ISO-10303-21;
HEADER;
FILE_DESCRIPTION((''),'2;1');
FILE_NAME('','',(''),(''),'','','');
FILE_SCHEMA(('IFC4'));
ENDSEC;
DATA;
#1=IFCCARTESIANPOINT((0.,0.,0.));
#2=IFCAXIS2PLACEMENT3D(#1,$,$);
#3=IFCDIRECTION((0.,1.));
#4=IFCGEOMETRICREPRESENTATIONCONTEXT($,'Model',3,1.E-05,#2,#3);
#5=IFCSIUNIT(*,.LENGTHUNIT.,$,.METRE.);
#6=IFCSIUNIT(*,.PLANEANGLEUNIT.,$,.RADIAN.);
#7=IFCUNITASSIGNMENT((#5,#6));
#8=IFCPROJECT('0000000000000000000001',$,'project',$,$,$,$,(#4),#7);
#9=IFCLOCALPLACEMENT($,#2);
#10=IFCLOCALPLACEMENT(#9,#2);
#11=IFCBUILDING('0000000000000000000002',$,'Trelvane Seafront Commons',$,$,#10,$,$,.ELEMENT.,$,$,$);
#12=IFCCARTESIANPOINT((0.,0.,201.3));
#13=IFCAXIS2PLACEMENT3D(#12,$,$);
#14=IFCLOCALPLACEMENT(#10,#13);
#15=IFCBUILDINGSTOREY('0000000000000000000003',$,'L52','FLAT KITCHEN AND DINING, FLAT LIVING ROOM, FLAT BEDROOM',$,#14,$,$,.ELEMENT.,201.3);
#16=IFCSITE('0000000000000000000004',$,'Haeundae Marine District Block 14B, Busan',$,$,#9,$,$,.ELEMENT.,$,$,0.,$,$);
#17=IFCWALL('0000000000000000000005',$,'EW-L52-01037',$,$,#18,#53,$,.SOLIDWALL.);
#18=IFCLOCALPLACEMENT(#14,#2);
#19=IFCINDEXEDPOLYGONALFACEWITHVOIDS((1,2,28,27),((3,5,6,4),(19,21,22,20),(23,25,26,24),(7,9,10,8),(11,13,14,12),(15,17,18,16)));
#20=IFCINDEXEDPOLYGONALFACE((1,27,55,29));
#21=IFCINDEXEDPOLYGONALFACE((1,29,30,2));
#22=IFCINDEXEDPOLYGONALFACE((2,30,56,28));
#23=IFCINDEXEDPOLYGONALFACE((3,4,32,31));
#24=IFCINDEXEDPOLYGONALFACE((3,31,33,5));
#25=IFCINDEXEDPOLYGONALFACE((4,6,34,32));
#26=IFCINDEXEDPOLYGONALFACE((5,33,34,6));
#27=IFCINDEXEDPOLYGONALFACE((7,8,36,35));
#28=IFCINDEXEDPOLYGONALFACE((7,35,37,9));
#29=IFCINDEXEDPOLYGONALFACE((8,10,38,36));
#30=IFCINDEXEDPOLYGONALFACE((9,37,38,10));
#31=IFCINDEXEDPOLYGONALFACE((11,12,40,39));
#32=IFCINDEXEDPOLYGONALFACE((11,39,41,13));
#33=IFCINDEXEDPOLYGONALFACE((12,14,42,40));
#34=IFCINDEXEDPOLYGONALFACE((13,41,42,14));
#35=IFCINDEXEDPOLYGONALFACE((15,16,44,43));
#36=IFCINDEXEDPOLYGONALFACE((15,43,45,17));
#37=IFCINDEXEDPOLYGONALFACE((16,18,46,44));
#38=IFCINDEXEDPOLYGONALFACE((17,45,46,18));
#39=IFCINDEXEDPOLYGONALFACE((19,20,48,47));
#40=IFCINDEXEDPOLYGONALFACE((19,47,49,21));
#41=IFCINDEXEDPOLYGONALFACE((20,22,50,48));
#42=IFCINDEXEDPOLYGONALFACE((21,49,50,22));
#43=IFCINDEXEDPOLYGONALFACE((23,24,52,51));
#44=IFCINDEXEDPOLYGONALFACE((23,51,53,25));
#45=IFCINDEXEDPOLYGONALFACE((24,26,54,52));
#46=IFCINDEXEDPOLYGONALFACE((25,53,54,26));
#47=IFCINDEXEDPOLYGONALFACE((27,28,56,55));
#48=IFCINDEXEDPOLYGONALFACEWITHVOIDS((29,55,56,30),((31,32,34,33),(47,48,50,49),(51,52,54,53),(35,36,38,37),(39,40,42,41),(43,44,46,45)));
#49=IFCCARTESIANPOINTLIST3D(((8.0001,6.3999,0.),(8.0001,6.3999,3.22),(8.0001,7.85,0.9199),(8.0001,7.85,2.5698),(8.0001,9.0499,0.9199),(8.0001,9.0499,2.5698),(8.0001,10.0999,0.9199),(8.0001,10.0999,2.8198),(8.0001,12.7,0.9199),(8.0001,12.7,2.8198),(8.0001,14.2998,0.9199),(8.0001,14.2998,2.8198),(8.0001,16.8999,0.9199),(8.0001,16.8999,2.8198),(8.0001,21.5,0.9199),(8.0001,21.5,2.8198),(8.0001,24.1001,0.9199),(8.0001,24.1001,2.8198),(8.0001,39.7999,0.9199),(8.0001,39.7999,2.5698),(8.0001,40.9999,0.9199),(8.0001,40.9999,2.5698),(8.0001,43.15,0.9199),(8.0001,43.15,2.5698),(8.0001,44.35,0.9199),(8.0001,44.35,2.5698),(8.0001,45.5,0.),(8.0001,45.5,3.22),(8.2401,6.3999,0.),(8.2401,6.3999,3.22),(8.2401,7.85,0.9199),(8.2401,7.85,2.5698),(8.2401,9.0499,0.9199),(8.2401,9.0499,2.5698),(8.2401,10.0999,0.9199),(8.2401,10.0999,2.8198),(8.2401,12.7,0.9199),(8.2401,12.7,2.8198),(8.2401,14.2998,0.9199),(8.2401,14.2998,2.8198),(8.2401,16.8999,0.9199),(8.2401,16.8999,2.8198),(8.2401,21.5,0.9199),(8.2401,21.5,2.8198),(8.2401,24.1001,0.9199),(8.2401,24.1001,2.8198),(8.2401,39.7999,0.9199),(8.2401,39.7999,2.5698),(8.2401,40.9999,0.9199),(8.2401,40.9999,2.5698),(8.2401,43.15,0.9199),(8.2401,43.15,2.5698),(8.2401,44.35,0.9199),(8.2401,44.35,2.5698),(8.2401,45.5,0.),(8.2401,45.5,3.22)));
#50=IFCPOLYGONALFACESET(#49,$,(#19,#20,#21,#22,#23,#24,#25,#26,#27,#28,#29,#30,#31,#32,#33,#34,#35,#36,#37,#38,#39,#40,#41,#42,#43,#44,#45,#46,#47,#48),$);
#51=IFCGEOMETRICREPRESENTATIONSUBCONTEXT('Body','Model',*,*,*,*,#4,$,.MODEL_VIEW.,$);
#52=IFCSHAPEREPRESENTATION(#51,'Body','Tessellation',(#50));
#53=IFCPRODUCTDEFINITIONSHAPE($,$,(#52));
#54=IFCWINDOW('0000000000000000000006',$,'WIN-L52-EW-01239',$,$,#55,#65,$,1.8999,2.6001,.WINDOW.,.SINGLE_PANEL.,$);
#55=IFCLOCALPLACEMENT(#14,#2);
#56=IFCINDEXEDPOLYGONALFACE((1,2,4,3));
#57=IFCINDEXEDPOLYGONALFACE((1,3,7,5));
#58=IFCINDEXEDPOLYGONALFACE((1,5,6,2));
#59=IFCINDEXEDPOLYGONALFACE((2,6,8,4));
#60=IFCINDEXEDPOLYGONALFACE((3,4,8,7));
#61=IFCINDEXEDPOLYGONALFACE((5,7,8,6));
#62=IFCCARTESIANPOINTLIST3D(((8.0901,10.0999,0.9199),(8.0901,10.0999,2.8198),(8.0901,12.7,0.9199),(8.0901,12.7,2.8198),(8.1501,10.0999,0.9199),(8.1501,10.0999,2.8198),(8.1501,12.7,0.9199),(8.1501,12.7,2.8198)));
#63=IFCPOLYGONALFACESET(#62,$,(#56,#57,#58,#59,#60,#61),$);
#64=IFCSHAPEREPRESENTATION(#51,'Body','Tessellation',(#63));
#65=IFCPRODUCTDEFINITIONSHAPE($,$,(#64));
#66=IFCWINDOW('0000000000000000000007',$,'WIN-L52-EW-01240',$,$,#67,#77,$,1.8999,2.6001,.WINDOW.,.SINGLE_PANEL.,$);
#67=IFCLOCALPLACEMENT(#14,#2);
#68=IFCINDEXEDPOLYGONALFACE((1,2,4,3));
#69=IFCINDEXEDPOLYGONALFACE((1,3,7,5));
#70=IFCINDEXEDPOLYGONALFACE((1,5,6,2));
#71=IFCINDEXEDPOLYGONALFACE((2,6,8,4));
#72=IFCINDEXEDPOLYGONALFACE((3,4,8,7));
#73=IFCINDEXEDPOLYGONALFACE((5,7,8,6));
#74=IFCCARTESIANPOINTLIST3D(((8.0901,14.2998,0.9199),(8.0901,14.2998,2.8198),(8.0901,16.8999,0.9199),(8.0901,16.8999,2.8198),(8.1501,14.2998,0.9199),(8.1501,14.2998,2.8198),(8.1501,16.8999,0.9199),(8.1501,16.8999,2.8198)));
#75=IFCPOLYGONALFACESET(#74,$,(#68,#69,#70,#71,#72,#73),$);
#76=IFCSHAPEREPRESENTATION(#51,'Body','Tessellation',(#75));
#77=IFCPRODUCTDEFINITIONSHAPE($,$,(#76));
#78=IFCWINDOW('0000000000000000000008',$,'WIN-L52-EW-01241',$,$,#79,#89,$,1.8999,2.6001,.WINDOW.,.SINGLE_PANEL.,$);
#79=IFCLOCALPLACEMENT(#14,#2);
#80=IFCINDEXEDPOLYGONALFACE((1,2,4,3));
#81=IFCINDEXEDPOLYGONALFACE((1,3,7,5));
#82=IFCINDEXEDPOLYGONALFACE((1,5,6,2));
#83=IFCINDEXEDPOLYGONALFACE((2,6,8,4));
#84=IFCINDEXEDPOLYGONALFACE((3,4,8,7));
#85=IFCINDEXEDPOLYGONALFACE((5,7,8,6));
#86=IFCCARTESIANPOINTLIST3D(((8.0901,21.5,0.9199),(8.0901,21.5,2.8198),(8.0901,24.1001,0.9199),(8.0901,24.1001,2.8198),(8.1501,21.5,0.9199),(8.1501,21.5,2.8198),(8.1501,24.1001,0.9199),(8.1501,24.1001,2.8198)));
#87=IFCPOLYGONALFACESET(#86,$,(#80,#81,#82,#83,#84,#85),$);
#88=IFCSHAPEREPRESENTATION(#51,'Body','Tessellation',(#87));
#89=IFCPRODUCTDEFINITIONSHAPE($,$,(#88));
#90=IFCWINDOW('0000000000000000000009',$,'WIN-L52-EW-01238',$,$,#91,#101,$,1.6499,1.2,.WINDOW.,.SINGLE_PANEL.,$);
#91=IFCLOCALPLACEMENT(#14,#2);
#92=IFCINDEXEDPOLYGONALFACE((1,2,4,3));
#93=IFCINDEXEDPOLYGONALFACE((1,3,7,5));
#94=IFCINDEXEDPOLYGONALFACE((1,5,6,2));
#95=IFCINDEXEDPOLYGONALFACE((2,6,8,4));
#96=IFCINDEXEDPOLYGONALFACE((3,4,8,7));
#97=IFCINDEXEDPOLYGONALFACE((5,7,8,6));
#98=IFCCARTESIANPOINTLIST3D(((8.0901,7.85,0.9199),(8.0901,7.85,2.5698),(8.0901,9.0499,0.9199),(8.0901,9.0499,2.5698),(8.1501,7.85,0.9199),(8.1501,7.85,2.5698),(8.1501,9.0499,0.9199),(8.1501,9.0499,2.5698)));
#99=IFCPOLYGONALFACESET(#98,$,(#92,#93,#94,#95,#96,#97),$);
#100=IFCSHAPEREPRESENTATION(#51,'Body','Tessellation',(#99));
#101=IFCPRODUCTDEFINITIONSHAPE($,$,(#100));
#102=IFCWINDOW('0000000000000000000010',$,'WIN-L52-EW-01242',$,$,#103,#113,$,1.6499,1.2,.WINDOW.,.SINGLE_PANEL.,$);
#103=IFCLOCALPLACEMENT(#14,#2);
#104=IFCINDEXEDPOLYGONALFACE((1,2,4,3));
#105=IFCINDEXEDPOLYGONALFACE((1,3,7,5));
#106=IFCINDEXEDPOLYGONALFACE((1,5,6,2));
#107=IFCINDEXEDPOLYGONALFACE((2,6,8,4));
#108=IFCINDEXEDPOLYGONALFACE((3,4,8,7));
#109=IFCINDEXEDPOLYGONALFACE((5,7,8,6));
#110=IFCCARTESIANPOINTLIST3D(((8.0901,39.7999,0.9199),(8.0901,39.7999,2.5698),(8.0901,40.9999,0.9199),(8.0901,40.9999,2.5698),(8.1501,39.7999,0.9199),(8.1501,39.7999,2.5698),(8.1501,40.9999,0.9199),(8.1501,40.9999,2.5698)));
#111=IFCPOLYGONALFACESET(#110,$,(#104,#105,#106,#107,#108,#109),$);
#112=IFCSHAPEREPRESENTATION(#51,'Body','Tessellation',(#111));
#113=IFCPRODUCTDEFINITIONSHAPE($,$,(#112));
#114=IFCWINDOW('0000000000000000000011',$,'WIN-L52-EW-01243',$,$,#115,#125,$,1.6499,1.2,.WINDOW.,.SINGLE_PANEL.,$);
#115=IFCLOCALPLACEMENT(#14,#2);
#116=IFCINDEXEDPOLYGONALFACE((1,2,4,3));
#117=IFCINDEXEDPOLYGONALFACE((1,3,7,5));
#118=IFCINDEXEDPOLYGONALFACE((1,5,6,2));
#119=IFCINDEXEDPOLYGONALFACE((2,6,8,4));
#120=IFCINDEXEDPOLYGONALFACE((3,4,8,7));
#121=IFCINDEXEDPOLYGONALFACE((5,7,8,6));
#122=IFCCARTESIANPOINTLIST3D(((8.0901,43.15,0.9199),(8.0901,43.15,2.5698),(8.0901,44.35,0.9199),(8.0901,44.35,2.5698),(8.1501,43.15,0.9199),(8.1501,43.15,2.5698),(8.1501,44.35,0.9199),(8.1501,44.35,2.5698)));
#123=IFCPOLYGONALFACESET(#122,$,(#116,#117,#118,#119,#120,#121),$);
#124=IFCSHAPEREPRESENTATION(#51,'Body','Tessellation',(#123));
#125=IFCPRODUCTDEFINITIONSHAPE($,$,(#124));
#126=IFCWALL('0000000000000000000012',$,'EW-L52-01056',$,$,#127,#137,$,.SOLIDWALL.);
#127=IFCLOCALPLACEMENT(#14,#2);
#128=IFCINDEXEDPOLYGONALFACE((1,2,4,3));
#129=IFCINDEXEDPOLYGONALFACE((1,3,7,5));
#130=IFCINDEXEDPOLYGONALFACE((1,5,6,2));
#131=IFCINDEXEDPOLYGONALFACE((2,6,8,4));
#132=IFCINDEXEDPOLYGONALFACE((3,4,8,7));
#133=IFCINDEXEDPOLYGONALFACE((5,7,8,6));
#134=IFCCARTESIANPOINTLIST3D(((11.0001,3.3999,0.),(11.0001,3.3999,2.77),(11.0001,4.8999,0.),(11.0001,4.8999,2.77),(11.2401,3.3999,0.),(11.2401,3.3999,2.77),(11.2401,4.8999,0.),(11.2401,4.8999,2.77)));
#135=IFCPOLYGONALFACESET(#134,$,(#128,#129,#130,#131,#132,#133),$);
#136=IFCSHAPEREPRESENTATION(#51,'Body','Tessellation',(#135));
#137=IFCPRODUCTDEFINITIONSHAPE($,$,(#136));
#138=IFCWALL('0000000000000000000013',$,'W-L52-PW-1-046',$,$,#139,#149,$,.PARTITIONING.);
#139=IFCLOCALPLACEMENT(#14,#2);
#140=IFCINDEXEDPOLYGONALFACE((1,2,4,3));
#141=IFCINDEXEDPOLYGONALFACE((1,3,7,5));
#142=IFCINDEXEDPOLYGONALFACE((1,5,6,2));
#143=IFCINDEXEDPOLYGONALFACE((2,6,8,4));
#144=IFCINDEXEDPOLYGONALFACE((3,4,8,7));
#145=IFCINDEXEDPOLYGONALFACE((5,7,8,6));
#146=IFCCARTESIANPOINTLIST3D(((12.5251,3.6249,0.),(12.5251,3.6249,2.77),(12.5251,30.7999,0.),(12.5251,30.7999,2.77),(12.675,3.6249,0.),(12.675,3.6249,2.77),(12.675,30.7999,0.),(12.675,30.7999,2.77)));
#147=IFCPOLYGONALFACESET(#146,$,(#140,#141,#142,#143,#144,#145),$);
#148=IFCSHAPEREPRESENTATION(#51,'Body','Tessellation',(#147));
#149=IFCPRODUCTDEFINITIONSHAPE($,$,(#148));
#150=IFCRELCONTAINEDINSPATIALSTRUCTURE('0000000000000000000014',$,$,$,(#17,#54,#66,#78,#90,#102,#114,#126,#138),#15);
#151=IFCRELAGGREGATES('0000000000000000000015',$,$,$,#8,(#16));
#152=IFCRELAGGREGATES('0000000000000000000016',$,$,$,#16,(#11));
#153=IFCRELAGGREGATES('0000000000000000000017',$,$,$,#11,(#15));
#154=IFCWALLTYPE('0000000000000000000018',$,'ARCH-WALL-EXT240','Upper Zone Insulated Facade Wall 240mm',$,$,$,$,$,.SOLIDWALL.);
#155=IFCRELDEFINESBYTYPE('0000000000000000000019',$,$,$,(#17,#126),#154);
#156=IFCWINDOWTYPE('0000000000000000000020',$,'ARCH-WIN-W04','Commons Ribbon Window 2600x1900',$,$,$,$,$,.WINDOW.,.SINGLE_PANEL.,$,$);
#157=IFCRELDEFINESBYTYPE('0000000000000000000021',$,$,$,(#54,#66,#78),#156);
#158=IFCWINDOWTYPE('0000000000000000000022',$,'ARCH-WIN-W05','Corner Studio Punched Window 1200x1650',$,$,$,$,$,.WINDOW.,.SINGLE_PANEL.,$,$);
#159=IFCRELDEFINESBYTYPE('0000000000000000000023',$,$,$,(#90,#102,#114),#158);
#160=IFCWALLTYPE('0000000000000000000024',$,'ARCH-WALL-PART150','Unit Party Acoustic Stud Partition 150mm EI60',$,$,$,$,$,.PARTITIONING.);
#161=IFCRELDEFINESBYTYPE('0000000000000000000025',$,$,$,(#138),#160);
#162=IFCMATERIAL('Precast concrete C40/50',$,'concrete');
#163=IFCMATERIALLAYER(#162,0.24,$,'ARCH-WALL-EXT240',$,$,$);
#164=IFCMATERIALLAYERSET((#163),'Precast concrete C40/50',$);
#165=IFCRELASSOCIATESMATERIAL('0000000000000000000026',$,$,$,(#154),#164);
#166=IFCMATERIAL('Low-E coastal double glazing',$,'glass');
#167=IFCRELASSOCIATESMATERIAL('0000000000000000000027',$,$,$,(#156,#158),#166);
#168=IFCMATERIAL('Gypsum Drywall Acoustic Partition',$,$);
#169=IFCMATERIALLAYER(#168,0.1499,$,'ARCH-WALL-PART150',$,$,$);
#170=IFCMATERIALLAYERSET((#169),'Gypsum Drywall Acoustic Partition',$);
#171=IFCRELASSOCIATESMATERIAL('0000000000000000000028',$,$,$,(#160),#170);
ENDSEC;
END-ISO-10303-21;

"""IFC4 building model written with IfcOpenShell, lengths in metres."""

from ifc_helpers import new_model, si_unit, direction, frame, frame_2d, origin, place, context, subcontext, project, spatial, rectangle, extrude, source, transform, mapped, material, layer, layer_set, type_object, element, fill, save


model = new_model("IFC4")

# Units and contexts
model_context = context("Model", 3, precision=1e-05, world=origin(), true_north=direction((0.0, 1.0)))
body_context = subcontext(model_context, "Body", "Model", "MODEL_VIEW")
ifc_project = project(units=[si_unit("LENGTHUNIT", "METRE"), si_unit("PLANEANGLEUNIT", "RADIAN")], contexts=[model_context])

# Site, building, storey
site_placement = place(None, origin())
site = spatial("IfcSite", under=ifc_project, at=site_placement, Name="Haeundae Marine District Block 14B, Busan", CompositionType="ELEMENT", RefElevation=0.0)
building_placement = place(site_placement, origin())
building = spatial("IfcBuilding", under=site, at=building_placement, Name="Trelvane Seafront Commons", CompositionType="ELEMENT")
storey_placement = place(building_placement, frame((0.0, 0.0, 201.3)))
storey = spatial("IfcBuildingStorey", under=building, at=storey_placement, Name="L52", Description="FLAT KITCHEN AND DINING, FLAT LIVING ROOM, FLAT BEDROOM", CompositionType="ELEMENT", Elevation=201.3)

# Shared definitions
ifc_material_1 = material(Name="Precast concrete C40/50", Category="concrete")
ifc_layer_1 = layer(ifc_material_1, 0.24, Name="ARCH-WALL-EXT240")
ifc_layer_set_1 = layer_set([ifc_layer_1], Name="Precast concrete C40/50")
wall_type_1 = type_object("IfcWallType", Name="ARCH-WALL-EXT240", Description="Upper Zone Insulated Facade Wall 240mm", PredefinedType="SOLIDWALL", material=ifc_layer_set_1)

# Wall, openings, windows
wall_1_placement = place(storey_placement, frame((8.1201, 6.3999, 0.0), z_axis=(0.0, 0.0, 1.0), x_axis=(0.0, 1.0, 0.0)))
wall_1 = element("IfcWall", 1, at=wall_1_placement, inside=storey, type_object=wall_type_1, Name="EW-L52-01037", PredefinedType="SOLIDWALL", context=body_context, shape_type="SweptSolid", body=[
    extrude(rectangle(XDim=39.1001, YDim=0.24, at=frame_2d((19.55, 0.0))), origin(), (0.0, 0.0, 1.0), 3.22),
])
opening_1_placement = place(wall_1_placement, frame((1.45, 0.0, 0.9199)))
opening_1 = element("IfcOpeningElement", 2, at=opening_1_placement, cuts=wall_1, PredefinedType="OPENING", context=body_context, shape_type="SweptSolid", body=[
    extrude(rectangle(XDim=1.2, YDim=1.6499, at=frame_2d((0.6001, 0.825))), frame((0.0, 0.1299, 0.0), z_axis=(0.0, -1.0, 0.0), x_axis=(1.0, 0.0, 0.0)), (0.0, 0.0, 1.0), 0.26),
])
opening_2_placement = place(wall_1_placement, frame((3.7, 0.0, 0.9199)))
opening_2 = element("IfcOpeningElement", 3, at=opening_2_placement, cuts=wall_1, PredefinedType="OPENING", context=body_context, shape_type="SweptSolid", body=[
    extrude(rectangle(XDim=2.6001, YDim=1.8999, at=frame_2d((1.3, 0.95))), frame((0.0, 0.1299, 0.0), z_axis=(0.0, -1.0, 0.0), x_axis=(1.0, 0.0, 0.0)), (0.0, 0.0, 1.0), 0.26),
])
opening_3_placement = place(wall_1_placement, frame((7.8999, 0.0, 0.9199)))
opening_3 = element("IfcOpeningElement", 4, at=opening_3_placement, cuts=wall_1, PredefinedType="OPENING", context=body_context, shape_type="SweptSolid", body=[
    extrude(rectangle(XDim=2.6001, YDim=1.8999, at=frame_2d((1.3, 0.95))), frame((0.0, 0.1299, 0.0), z_axis=(0.0, -1.0, 0.0), x_axis=(1.0, 0.0, 0.0)), (0.0, 0.0, 1.0), 0.26),
])
opening_4_placement = place(wall_1_placement, frame((15.1001, 0.0, 0.9199)))
opening_4 = element("IfcOpeningElement", 5, at=opening_4_placement, cuts=wall_1, PredefinedType="OPENING", context=body_context, shape_type="SweptSolid", body=[
    extrude(rectangle(XDim=2.6001, YDim=1.8999, at=frame_2d((1.3, 0.95))), frame((0.0, 0.1299, 0.0), z_axis=(0.0, -1.0, 0.0), x_axis=(1.0, 0.0, 0.0)), (0.0, 0.0, 1.0), 0.26),
])
opening_5_placement = place(wall_1_placement, frame((33.3999, 0.0, 0.9199)))
opening_5 = element("IfcOpeningElement", 6, at=opening_5_placement, cuts=wall_1, PredefinedType="OPENING", context=body_context, shape_type="SweptSolid", body=[
    extrude(rectangle(XDim=1.2, YDim=1.6499, at=frame_2d((0.6001, 0.825))), frame((0.0, 0.1299, 0.0), z_axis=(0.0, -1.0, 0.0), x_axis=(1.0, 0.0, 0.0)), (0.0, 0.0, 1.0), 0.26),
])
opening_6_placement = place(wall_1_placement, frame((36.75, 0.0, 0.9199)))
opening_6 = element("IfcOpeningElement", 7, at=opening_6_placement, cuts=wall_1, PredefinedType="OPENING", context=body_context, shape_type="SweptSolid", body=[
    extrude(rectangle(XDim=1.2, YDim=1.6499, at=frame_2d((0.6001, 0.825))), frame((0.0, 0.1299, 0.0), z_axis=(0.0, -1.0, 0.0), x_axis=(1.0, 0.0, 0.0)), (0.0, 0.0, 1.0), 0.26),
])
ifc_material_2 = material(Name="Low-E coastal double glazing", Category="glass")
window_type_1 = type_object("IfcWindowType", Name="ARCH-WIN-W04", Description="Commons Ribbon Window 2600x1900", PartitioningType="SINGLE_PANEL", PredefinedType="WINDOW", material=ifc_material_2)
shared_shape_1 = source(origin(), body_context, "Body", "SweptSolid", [
    extrude(rectangle(XDim=2.6001, YDim=1.8999, at=frame_2d((1.3, 0.95))), frame((0.0, 0.03, 0.0), z_axis=(0.0, -1.0, 0.0), x_axis=(1.0, 0.0, 0.0)), (0.0, 0.0, 1.0), 0.0601),
])
window_1_placement = place(opening_2_placement, origin())
window_1 = element("IfcWindow", 8, at=window_1_placement, inside=storey, type_object=window_type_1, Name="WIN-L52-EW-01239", OverallHeight=1.8999, OverallWidth=2.6001, PartitioningType="SINGLE_PANEL", PredefinedType="WINDOW", context=body_context, shape_type="MappedRepresentation", body=[
    mapped(shared_shape_1, transform((0.0, 0.0, 0.0), x_axis=(1.0, 0.0, 0.0), y_axis=(0.0, 1.0, 0.0), z_axis=(0.0, 0.0, 1.0), scale=1.0)),
])
fill(opening_2, window_1)
window_2_placement = place(opening_3_placement, origin())
window_2 = element("IfcWindow", 9, at=window_2_placement, inside=storey, type_object=window_type_1, Name="WIN-L52-EW-01240", OverallHeight=1.8999, OverallWidth=2.6001, PartitioningType="SINGLE_PANEL", PredefinedType="WINDOW", context=body_context, shape_type="MappedRepresentation", body=[
    mapped(shared_shape_1, transform((0.0, 0.0, 0.0), x_axis=(1.0, 0.0, 0.0), y_axis=(0.0, 1.0, 0.0), z_axis=(0.0, 0.0, 1.0), scale=1.0)),
])
fill(opening_3, window_2)
window_3_placement = place(opening_4_placement, origin())
window_3 = element("IfcWindow", 10, at=window_3_placement, inside=storey, type_object=window_type_1, Name="WIN-L52-EW-01241", OverallHeight=1.8999, OverallWidth=2.6001, PartitioningType="SINGLE_PANEL", PredefinedType="WINDOW", context=body_context, shape_type="MappedRepresentation", body=[
    mapped(shared_shape_1, transform((0.0, 0.0, 0.0), x_axis=(1.0, 0.0, 0.0), y_axis=(0.0, 1.0, 0.0), z_axis=(0.0, 0.0, 1.0), scale=1.0)),
])
fill(opening_4, window_3)
window_type_2 = type_object("IfcWindowType", Name="ARCH-WIN-W05", Description="Corner Studio Punched Window 1200x1650", PartitioningType="SINGLE_PANEL", PredefinedType="WINDOW", material=ifc_material_2)
shared_shape_2 = source(origin(), body_context, "Body", "SweptSolid", [
    extrude(rectangle(XDim=1.2, YDim=1.6499, at=frame_2d((0.6001, 0.825))), frame((0.0, 0.03, 0.0), z_axis=(0.0, -1.0, 0.0), x_axis=(1.0, 0.0, 0.0)), (0.0, 0.0, 1.0), 0.0601),
])
window_4_placement = place(opening_1_placement, origin())
window_4 = element("IfcWindow", 11, at=window_4_placement, inside=storey, type_object=window_type_2, Name="WIN-L52-EW-01238", OverallHeight=1.6499, OverallWidth=1.2, PartitioningType="SINGLE_PANEL", PredefinedType="WINDOW", context=body_context, shape_type="MappedRepresentation", body=[
    mapped(shared_shape_2, transform((0.0, 0.0, 0.0), x_axis=(1.0, 0.0, 0.0), y_axis=(0.0, 1.0, 0.0), z_axis=(0.0, 0.0, 1.0), scale=1.0)),
])
fill(opening_1, window_4)
window_5_placement = place(opening_5_placement, origin())
window_5 = element("IfcWindow", 12, at=window_5_placement, inside=storey, type_object=window_type_2, Name="WIN-L52-EW-01242", OverallHeight=1.6499, OverallWidth=1.2, PartitioningType="SINGLE_PANEL", PredefinedType="WINDOW", context=body_context, shape_type="MappedRepresentation", body=[
    mapped(shared_shape_2, transform((0.0, 0.0, 0.0), x_axis=(1.0, 0.0, 0.0), y_axis=(0.0, 1.0, 0.0), z_axis=(0.0, 0.0, 1.0), scale=1.0)),
])
fill(opening_5, window_5)
window_6_placement = place(opening_6_placement, origin())
window_6 = element("IfcWindow", 13, at=window_6_placement, inside=storey, type_object=window_type_2, Name="WIN-L52-EW-01243", OverallHeight=1.6499, OverallWidth=1.2, PartitioningType="SINGLE_PANEL", PredefinedType="WINDOW", context=body_context, shape_type="MappedRepresentation", body=[
    mapped(shared_shape_2, transform((0.0, 0.0, 0.0), x_axis=(1.0, 0.0, 0.0), y_axis=(0.0, 1.0, 0.0), z_axis=(0.0, 0.0, 1.0), scale=1.0)),
])
fill(opening_6, window_6)

# Walls
wall_2_placement = place(storey_placement, frame((11.1201, 3.3999, 0.0), z_axis=(0.0, 0.0, 1.0), x_axis=(0.0, 1.0, 0.0)))
element("IfcWall", 14, at=wall_2_placement, inside=storey, type_object=wall_type_1, Name="EW-L52-01056", PredefinedType="SOLIDWALL", context=body_context, shape_type="SweptSolid", body=[
    extrude(rectangle(XDim=1.5, YDim=0.24, at=frame_2d((0.75, 0.0))), origin(), (0.0, 0.0, 1.0), 2.77),
])
ifc_material_3 = material(Name="Gypsum Drywall Acoustic Partition")
ifc_layer_2 = layer(ifc_material_3, 0.1499, Name="ARCH-WALL-PART150")
ifc_layer_set_2 = layer_set([ifc_layer_2], Name="Gypsum Drywall Acoustic Partition")
wall_type_2 = type_object("IfcWallType", Name="ARCH-WALL-PART150", Description="Unit Party Acoustic Stud Partition 150mm EI60", PredefinedType="PARTITIONING", material=ifc_layer_set_2)
wall_3_placement = place(storey_placement, frame((12.6001, 3.625, 0.0), z_axis=(0.0, 0.0, 1.0), x_axis=(0.0, 1.0, 0.0)))
element("IfcWall", 15, at=wall_3_placement, inside=storey, type_object=wall_type_2, Name="W-L52-PW-1-046", PredefinedType="PARTITIONING", context=body_context, shape_type="SweptSolid", body=[
    extrude(rectangle(XDim=27.175, YDim=0.1499, at=frame_2d((13.5874, 0.0))), origin(), (0.0, 0.0, 1.0), 2.77),
])

save(model, "model.ifc")
